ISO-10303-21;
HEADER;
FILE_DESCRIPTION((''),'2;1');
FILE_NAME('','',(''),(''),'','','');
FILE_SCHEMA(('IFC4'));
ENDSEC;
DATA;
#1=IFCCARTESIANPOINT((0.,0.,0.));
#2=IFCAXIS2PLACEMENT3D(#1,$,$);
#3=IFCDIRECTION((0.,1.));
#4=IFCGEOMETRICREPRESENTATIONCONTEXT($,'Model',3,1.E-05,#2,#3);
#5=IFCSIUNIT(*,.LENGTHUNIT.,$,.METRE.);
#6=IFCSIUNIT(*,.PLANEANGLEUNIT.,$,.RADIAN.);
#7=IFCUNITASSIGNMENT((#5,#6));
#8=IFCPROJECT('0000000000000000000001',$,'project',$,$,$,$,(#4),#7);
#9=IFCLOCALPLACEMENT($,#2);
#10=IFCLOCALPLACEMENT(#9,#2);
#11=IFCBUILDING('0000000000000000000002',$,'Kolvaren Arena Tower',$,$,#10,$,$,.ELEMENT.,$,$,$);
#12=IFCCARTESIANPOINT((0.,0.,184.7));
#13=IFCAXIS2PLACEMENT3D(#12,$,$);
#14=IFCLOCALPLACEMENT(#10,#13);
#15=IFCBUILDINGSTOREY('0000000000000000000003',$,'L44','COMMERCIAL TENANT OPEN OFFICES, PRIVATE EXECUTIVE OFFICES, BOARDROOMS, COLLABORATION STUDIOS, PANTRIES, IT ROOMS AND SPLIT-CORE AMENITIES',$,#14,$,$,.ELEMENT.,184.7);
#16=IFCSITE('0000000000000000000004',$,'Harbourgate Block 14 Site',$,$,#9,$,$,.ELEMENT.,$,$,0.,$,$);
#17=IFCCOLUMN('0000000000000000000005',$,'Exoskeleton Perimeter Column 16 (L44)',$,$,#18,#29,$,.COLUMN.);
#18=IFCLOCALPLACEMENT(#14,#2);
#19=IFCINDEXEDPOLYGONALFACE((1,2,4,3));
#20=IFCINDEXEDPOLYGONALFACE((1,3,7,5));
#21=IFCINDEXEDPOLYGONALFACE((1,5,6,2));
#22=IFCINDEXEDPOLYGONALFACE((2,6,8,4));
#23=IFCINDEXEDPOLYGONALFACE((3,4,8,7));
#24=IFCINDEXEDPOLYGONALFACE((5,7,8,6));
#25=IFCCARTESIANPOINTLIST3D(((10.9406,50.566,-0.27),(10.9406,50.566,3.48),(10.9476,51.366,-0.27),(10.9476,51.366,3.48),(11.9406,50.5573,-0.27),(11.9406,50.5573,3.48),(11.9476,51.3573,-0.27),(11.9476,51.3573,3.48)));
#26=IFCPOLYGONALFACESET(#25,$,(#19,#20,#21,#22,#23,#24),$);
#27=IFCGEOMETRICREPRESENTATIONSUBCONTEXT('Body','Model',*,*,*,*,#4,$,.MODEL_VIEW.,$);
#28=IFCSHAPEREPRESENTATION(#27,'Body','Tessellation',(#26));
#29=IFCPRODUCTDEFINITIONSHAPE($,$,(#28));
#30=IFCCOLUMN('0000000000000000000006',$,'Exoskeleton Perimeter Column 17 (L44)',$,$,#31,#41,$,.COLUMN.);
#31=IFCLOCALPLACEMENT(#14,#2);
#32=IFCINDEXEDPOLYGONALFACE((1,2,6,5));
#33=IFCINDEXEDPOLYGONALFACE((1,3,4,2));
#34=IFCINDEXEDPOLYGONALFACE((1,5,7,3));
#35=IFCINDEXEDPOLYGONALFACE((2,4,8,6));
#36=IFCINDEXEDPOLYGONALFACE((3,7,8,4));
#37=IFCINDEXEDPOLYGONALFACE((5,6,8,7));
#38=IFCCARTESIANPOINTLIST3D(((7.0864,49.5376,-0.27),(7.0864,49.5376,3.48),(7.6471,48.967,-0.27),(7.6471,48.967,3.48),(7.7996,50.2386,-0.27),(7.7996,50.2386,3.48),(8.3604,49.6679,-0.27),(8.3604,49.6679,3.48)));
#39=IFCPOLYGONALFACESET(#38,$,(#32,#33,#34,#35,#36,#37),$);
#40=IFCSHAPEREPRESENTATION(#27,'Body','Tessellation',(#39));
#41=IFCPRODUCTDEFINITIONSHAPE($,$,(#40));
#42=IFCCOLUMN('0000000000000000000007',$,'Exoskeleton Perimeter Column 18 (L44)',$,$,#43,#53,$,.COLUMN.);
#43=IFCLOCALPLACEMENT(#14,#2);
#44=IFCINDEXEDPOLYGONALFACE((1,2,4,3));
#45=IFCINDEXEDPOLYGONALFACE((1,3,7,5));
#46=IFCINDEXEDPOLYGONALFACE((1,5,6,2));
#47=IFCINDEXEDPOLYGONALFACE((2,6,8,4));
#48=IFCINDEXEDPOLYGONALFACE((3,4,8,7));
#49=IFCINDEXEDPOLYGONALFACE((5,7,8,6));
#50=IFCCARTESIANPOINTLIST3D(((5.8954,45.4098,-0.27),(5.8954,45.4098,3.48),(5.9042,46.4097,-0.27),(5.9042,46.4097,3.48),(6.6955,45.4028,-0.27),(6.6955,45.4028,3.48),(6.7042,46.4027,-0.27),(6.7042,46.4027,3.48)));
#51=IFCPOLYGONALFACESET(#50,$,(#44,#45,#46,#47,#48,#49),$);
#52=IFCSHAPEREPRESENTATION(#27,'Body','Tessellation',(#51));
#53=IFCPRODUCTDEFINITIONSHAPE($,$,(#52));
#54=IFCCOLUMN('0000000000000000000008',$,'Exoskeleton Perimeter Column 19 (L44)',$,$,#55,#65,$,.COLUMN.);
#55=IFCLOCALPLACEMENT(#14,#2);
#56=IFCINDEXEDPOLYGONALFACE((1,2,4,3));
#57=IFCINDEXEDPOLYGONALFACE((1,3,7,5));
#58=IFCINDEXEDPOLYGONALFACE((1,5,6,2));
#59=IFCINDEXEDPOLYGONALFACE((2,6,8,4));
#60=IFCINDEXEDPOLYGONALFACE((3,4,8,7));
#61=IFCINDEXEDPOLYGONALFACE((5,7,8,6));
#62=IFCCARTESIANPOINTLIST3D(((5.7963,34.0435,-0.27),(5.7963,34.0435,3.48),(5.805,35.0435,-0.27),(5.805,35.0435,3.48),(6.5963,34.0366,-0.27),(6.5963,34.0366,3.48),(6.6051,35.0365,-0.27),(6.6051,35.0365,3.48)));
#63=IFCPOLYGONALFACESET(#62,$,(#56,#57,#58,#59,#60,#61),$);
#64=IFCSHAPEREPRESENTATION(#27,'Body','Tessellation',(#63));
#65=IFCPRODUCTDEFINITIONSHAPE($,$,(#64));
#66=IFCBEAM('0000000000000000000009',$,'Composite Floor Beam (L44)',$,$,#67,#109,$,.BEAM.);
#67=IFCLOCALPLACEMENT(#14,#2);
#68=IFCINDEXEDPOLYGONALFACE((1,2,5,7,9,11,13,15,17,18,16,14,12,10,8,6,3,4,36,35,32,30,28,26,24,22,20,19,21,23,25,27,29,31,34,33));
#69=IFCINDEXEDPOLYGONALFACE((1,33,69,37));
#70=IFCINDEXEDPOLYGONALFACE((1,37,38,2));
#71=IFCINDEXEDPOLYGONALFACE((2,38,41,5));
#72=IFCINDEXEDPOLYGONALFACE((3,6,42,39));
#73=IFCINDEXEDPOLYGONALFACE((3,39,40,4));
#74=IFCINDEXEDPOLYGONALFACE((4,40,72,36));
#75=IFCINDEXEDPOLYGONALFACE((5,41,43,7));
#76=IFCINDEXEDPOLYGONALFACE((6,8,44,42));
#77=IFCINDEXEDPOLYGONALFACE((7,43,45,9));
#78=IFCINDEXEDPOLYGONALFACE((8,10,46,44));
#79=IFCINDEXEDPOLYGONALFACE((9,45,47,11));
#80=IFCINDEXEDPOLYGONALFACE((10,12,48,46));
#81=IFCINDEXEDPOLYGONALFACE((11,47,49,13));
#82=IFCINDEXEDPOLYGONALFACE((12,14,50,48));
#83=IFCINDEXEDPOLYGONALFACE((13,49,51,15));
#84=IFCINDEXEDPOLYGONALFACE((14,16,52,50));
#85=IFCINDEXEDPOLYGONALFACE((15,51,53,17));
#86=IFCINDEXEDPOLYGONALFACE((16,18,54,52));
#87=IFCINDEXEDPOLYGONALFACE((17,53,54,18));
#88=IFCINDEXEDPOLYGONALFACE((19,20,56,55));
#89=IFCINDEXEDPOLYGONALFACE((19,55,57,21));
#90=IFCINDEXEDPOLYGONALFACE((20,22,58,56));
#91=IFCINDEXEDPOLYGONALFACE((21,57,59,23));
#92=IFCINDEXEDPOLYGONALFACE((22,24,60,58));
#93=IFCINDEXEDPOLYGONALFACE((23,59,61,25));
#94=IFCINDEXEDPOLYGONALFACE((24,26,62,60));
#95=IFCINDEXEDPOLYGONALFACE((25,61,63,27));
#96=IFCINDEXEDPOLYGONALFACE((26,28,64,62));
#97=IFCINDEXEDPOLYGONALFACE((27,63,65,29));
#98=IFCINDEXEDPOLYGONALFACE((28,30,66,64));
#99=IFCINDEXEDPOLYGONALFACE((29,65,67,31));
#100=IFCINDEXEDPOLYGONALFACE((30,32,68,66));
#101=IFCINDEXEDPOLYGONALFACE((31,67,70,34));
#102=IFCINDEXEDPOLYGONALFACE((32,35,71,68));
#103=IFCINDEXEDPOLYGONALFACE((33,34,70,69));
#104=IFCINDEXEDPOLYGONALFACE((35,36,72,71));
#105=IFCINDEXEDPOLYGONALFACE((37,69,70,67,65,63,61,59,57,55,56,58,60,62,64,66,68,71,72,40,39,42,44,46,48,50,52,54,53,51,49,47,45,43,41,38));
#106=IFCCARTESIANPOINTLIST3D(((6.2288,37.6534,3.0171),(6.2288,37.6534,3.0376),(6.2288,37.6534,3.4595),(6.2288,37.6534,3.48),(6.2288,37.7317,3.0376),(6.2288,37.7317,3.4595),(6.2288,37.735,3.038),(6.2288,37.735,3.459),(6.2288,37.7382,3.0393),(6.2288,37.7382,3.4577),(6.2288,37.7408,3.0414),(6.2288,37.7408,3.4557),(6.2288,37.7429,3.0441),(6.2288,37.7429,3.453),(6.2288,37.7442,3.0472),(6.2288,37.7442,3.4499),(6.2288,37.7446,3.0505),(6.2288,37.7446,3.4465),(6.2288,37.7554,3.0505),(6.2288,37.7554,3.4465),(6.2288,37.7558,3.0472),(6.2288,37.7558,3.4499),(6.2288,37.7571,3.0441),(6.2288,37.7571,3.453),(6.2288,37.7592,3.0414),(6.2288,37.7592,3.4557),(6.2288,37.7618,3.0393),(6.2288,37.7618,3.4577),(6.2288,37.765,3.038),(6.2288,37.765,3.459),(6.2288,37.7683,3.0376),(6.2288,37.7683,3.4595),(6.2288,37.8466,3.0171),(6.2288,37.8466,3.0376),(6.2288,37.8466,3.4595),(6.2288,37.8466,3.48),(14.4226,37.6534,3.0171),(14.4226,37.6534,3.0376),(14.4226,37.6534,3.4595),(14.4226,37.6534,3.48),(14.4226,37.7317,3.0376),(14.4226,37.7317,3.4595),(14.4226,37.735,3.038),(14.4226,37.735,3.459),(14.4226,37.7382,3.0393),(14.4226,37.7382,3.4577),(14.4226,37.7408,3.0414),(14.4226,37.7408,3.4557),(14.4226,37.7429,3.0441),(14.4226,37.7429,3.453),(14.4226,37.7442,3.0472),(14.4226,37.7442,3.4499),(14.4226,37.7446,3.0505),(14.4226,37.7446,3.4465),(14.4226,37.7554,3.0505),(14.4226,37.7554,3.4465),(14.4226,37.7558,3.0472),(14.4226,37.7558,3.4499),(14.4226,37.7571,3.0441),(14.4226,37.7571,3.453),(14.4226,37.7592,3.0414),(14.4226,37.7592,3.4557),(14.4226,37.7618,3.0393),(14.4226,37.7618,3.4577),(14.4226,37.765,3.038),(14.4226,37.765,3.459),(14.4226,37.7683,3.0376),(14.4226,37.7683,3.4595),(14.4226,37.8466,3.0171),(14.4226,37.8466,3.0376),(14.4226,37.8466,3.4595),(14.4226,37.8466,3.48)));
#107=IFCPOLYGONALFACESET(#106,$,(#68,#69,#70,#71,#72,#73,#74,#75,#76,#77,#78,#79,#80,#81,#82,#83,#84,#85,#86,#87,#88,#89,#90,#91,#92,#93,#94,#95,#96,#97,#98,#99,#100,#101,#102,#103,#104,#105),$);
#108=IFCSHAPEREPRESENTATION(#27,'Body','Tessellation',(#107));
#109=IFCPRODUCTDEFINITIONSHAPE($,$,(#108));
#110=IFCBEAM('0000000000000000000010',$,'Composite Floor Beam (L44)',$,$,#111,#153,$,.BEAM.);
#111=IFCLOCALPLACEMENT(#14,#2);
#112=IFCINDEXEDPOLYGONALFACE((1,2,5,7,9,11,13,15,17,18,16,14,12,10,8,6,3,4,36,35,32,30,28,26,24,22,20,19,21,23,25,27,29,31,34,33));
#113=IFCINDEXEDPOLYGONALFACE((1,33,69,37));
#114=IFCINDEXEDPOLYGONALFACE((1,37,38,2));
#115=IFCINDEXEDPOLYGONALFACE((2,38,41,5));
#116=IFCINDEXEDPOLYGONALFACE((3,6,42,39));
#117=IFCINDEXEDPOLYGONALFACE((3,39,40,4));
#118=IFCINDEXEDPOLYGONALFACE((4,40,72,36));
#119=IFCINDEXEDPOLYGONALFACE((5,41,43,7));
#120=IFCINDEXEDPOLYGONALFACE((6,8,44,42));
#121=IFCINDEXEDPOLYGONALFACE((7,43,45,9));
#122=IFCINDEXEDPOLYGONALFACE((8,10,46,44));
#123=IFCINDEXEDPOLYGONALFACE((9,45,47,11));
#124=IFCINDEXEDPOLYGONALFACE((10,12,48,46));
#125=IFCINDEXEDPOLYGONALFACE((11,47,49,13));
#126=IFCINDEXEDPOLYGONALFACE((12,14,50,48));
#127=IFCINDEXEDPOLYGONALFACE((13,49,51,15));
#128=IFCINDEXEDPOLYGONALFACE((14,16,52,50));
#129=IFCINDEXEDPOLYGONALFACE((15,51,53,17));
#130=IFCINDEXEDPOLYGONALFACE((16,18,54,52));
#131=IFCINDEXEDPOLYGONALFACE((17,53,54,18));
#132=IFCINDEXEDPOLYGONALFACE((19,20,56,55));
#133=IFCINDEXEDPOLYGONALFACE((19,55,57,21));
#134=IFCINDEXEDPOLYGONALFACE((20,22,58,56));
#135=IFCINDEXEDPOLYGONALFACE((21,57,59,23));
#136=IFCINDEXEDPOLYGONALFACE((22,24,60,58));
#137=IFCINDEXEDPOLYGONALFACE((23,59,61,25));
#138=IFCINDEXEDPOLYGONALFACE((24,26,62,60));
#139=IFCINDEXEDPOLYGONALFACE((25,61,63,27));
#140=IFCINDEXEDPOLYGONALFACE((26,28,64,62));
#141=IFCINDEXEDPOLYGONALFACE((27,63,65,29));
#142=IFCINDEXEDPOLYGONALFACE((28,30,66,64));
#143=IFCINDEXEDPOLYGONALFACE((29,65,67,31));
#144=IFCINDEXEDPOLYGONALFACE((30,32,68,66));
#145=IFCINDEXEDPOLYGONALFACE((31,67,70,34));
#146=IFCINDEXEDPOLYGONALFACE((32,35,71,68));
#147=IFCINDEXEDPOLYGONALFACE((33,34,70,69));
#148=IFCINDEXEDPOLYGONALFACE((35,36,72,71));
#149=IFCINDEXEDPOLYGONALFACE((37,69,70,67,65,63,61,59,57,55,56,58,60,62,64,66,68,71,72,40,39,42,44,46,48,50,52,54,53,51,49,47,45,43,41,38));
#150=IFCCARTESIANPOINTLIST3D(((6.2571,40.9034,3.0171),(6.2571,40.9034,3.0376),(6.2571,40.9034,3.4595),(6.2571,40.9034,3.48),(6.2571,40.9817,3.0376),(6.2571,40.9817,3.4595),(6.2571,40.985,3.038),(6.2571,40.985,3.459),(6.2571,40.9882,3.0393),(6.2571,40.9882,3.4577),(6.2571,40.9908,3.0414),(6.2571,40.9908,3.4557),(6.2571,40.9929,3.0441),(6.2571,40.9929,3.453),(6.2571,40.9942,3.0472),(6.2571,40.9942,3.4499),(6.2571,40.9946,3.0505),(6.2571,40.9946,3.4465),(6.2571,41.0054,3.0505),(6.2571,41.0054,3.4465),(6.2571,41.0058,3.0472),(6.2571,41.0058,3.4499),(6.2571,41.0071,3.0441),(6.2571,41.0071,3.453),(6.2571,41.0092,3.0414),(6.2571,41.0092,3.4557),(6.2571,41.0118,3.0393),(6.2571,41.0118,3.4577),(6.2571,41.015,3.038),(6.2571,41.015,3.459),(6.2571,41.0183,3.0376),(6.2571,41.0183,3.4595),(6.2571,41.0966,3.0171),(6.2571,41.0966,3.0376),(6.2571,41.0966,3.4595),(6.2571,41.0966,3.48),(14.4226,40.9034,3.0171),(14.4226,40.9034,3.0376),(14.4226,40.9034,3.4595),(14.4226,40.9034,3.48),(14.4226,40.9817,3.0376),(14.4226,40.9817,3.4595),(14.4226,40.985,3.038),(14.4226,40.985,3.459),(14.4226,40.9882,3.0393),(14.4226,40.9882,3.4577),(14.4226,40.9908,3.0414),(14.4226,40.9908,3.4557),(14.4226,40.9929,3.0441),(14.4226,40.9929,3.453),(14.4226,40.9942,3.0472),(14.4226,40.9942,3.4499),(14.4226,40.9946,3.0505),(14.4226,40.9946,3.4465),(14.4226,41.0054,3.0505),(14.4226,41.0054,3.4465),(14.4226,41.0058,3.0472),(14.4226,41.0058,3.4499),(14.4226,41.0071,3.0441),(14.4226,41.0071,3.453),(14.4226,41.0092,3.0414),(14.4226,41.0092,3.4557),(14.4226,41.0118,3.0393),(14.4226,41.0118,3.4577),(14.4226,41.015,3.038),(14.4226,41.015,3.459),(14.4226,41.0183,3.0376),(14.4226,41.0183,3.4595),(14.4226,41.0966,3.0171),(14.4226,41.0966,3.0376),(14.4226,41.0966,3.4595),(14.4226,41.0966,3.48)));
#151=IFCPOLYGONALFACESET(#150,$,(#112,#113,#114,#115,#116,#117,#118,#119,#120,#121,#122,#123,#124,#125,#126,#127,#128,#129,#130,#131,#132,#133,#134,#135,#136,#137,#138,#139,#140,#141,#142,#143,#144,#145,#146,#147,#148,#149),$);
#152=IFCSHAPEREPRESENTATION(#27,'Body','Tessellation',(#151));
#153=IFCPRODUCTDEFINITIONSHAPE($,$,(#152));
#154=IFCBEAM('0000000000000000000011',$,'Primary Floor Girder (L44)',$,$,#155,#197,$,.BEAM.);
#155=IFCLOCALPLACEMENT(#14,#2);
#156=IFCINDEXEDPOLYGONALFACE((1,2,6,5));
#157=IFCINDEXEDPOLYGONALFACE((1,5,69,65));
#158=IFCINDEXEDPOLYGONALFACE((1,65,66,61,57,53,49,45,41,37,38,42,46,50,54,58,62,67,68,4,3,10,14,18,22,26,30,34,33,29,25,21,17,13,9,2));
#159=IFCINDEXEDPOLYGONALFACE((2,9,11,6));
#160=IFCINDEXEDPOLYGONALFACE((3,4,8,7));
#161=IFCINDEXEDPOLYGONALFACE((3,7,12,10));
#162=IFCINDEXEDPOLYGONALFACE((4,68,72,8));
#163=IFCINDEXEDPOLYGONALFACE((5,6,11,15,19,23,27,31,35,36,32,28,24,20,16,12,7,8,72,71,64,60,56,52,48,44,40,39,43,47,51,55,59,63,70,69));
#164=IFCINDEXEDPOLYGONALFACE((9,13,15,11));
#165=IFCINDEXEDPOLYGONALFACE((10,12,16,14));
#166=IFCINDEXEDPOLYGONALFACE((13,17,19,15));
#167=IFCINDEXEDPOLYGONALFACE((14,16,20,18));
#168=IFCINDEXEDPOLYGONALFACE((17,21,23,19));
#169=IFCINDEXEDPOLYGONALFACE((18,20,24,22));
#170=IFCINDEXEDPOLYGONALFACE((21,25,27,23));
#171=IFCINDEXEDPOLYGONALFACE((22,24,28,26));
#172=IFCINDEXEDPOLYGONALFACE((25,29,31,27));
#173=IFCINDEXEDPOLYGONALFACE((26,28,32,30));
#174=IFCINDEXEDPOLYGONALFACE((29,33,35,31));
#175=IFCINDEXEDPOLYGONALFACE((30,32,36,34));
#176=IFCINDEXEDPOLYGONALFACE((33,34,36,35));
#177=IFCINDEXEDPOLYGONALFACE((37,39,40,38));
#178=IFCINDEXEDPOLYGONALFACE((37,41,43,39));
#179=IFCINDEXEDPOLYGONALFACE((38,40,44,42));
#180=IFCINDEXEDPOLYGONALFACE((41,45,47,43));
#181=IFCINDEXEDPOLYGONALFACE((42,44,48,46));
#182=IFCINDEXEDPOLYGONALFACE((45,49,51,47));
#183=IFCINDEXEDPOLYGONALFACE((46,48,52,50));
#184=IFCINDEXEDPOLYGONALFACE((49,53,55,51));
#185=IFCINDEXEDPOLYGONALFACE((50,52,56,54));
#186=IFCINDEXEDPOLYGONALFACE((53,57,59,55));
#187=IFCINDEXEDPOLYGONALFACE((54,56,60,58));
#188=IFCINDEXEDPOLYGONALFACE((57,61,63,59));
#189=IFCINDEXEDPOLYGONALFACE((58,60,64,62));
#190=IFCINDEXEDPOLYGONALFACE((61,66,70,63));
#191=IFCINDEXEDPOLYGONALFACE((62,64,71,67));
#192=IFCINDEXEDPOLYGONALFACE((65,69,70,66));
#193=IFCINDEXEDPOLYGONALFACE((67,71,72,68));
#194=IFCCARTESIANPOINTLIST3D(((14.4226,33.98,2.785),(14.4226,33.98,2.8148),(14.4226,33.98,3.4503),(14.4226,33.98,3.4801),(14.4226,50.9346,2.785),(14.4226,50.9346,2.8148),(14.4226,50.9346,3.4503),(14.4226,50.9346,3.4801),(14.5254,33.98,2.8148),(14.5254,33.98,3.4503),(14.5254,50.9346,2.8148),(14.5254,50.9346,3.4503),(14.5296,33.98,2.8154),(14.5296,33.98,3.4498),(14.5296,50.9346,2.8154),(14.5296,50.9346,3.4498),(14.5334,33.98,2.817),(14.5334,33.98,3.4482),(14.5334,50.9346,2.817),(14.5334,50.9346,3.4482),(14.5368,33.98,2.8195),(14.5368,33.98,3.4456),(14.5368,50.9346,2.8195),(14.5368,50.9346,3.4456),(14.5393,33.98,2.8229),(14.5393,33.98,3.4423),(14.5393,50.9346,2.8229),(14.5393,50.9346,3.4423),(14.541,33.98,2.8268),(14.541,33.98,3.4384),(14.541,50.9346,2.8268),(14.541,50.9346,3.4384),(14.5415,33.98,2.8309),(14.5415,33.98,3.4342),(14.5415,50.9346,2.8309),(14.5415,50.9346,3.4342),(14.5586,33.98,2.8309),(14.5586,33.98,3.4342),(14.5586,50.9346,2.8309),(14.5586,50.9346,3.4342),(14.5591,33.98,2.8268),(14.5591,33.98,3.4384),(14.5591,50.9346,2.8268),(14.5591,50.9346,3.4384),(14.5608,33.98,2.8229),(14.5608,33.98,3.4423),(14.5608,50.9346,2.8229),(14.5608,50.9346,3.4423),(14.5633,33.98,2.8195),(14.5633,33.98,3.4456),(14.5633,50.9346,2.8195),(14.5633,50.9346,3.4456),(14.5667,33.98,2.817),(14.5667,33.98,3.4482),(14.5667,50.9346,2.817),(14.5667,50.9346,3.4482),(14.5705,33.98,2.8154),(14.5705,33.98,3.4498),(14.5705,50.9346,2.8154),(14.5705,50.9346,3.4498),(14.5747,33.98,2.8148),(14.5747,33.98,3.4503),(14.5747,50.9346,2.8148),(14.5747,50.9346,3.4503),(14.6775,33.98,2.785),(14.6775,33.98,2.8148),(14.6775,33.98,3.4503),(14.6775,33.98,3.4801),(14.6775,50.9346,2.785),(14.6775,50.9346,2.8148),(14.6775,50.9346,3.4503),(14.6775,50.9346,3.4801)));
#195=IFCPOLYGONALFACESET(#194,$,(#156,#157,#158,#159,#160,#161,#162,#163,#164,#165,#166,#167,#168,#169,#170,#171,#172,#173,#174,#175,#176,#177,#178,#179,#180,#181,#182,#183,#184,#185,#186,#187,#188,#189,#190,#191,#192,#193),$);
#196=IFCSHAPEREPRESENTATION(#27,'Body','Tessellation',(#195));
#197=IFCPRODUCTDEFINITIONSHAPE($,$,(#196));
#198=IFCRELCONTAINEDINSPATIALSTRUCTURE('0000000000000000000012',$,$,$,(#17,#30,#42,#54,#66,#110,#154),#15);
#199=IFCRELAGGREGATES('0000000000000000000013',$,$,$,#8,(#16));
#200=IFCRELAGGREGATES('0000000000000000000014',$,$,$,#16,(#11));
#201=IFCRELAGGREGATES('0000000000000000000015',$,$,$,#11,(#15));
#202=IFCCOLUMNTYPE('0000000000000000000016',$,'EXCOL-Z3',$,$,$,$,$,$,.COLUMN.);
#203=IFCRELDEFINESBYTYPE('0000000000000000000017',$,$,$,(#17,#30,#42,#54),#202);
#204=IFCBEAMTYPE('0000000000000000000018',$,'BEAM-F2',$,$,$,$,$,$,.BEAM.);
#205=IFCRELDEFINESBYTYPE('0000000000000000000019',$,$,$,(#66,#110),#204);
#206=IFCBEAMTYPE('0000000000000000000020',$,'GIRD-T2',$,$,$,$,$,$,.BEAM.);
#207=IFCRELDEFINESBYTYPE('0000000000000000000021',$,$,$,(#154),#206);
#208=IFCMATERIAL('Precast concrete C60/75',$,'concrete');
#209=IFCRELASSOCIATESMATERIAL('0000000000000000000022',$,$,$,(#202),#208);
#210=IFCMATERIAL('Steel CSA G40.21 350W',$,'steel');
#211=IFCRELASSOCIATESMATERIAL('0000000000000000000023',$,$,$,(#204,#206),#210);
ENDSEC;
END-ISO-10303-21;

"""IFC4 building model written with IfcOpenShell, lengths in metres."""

from ifc_helpers import new_model, si_unit, direction, frame, origin, origin_2d, place, context, subcontext, project, spatial, rectangle, i_section, extrude, material, material_profile, profile_set, type_object, element, save


model = new_model("IFC4")

# Units and contexts
model_context = context("Model", 3, precision=1e-05, world=origin(), true_north=direction((0.0, 1.0)))
body_context = subcontext(model_context, "Body", "Model", "MODEL_VIEW")
ifc_project = project(units=[si_unit("LENGTHUNIT", "METRE"), si_unit("PLANEANGLEUNIT", "RADIAN")], contexts=[model_context])

# Site, building, storey
site_placement = place(None, origin())
site = spatial("IfcSite", under=ifc_project, at=site_placement, Name="Harbourgate Block 14 Site", CompositionType="ELEMENT", RefElevation=0.0)
building_placement = place(site_placement, origin())
building = spatial("IfcBuilding", under=site, at=building_placement, Name="Kolvaren Arena Tower", CompositionType="ELEMENT")
storey_placement = place(building_placement, frame((0.0, 0.0, 184.7)))
storey = spatial("IfcBuildingStorey", under=building, at=storey_placement, Name="L44", Description="COMMERCIAL TENANT OPEN OFFICES, PRIVATE EXECUTIVE OFFICES, BOARDROOMS, COLLABORATION STUDIOS, PANTRIES, IT ROOMS AND SPLIT-CORE AMENITIES", CompositionType="ELEMENT", Elevation=184.7)

# Columns
ifc_material_1 = material(Name="Precast concrete C60/75", Category="concrete")
ifc_material_profile_1 = material_profile(ifc_material_1, rectangle(XDim=1.0, YDim=0.8, at=origin_2d()), Name="RC-1000x800")
ifc_profile_set_1 = profile_set([ifc_material_profile_1], Name="Precast concrete C60/75")
column_type = type_object("IfcColumnType", Name="EXCOL-Z3", PredefinedType="COLUMN", material=ifc_profile_set_1)
for number, where, z_axis, x_axis, name in (
    (1, (11.4441, 50.9617, -0.27), (0.0, 0.0, 1.0), (0.999962, -0.008727, 0.0), "Exoskeleton Perimeter Column 16 (L44)"),
    (2, (7.7234, 49.6028, -0.27), (0.0, 0.0, 1.0), (0.71325, 0.700909, 0.0), "Exoskeleton Perimeter Column 17 (L44)"),
    (3, (6.2998, 45.9062, -0.27), (0.0, 0.0, 1.0), (0.008727, 0.999962, 0.0), "Exoskeleton Perimeter Column 18 (L44)"),
    (4, (6.2007, 34.54, -0.27), (0.0, 0.0, 1.0), (0.008727, 0.999962, 0.0), "Exoskeleton Perimeter Column 19 (L44)"),
):
    element("IfcColumn", number, at=place(storey_placement, frame(where, z_axis=z_axis, x_axis=x_axis)), inside=storey, type_object=column_type, Name=name, PredefinedType="COLUMN", context=body_context, shape_type="SweptSolid", body=[
        extrude(rectangle(XDim=1.0, YDim=0.8, at=origin_2d()), origin(), (0.0, 0.0, 1.0), 3.75),
    ])

# Beams
ifc_material_2 = material(Name="Steel CSA G40.21 350W", Category="steel")
ifc_material_profile_2 = material_profile(ifc_material_2, i_section(OverallWidth=0.1931, OverallDepth=0.4629, WebThickness=0.0107, FlangeThickness=0.0205, FilletRadius=0.0129, at=origin_2d()), Name="W460x113")
ifc_profile_set_2 = profile_set([ifc_material_profile_2], Name="Steel CSA G40.21 350W")
beam_type_1 = type_object("IfcBeamType", Name="BEAM-F2", PredefinedType="BEAM", material=ifc_profile_set_2)
beam_1_placement = place(storey_placement, frame((6.2288, 37.75, 3.2485), z_axis=(1.0, 0.0, 0.0), x_axis=(0.0, 1.0, 0.0)))
element("IfcBeam", 5, at=beam_1_placement, inside=storey, type_object=beam_type_1, Name="Composite Floor Beam (L44)", PredefinedType="BEAM", context=body_context, shape_type="SweptSolid", body=[
    extrude(i_section(OverallWidth=0.1931, OverallDepth=0.4629, WebThickness=0.0107, FlangeThickness=0.0205, FilletRadius=0.0129, at=origin_2d()), origin(), (0.0, 0.0, 1.0), 8.1938),
])
beam_2_placement = place(storey_placement, frame((6.2571, 41.0, 3.2485), z_axis=(1.0, 0.0, 0.0), x_axis=(0.0, 1.0, 0.0)))
element("IfcBeam", 6, at=beam_2_placement, inside=storey, type_object=beam_type_1, Name="Composite Floor Beam (L44)", PredefinedType="BEAM", context=body_context, shape_type="SweptSolid", body=[
    extrude(i_section(OverallWidth=0.1931, OverallDepth=0.4629, WebThickness=0.0107, FlangeThickness=0.0205, FilletRadius=0.0129, at=origin_2d()), origin(), (0.0, 0.0, 1.0), 8.1655),
])
ifc_material_profile_3 = material_profile(ifc_material_2, i_section(OverallWidth=0.2549, OverallDepth=0.6951, WebThickness=0.0171, FlangeThickness=0.0298, FilletRadius=0.0161, at=origin_2d()), Name="W690x217")
ifc_profile_set_3 = profile_set([ifc_material_profile_3], Name="Steel CSA G40.21 350W")
beam_type_2 = type_object("IfcBeamType", Name="GIRD-T2", PredefinedType="BEAM", material=ifc_profile_set_3)
beam_3_placement = place(storey_placement, frame((14.55, 33.98, 3.1326), z_axis=(0.0, 1.0, 0.0), x_axis=(-1.0, 0.0, 0.0)))
element("IfcBeam", 7, at=beam_3_placement, inside=storey, type_object=beam_type_2, Name="Primary Floor Girder (L44)", PredefinedType="BEAM", context=body_context, shape_type="SweptSolid", body=[
    extrude(i_section(OverallWidth=0.2549, OverallDepth=0.6951, WebThickness=0.0171, FlangeThickness=0.0298, FilletRadius=0.0161, at=origin_2d()), origin(), (0.0, 0.0, 1.0), 16.9546),
])

save(model, "model.ifc")
